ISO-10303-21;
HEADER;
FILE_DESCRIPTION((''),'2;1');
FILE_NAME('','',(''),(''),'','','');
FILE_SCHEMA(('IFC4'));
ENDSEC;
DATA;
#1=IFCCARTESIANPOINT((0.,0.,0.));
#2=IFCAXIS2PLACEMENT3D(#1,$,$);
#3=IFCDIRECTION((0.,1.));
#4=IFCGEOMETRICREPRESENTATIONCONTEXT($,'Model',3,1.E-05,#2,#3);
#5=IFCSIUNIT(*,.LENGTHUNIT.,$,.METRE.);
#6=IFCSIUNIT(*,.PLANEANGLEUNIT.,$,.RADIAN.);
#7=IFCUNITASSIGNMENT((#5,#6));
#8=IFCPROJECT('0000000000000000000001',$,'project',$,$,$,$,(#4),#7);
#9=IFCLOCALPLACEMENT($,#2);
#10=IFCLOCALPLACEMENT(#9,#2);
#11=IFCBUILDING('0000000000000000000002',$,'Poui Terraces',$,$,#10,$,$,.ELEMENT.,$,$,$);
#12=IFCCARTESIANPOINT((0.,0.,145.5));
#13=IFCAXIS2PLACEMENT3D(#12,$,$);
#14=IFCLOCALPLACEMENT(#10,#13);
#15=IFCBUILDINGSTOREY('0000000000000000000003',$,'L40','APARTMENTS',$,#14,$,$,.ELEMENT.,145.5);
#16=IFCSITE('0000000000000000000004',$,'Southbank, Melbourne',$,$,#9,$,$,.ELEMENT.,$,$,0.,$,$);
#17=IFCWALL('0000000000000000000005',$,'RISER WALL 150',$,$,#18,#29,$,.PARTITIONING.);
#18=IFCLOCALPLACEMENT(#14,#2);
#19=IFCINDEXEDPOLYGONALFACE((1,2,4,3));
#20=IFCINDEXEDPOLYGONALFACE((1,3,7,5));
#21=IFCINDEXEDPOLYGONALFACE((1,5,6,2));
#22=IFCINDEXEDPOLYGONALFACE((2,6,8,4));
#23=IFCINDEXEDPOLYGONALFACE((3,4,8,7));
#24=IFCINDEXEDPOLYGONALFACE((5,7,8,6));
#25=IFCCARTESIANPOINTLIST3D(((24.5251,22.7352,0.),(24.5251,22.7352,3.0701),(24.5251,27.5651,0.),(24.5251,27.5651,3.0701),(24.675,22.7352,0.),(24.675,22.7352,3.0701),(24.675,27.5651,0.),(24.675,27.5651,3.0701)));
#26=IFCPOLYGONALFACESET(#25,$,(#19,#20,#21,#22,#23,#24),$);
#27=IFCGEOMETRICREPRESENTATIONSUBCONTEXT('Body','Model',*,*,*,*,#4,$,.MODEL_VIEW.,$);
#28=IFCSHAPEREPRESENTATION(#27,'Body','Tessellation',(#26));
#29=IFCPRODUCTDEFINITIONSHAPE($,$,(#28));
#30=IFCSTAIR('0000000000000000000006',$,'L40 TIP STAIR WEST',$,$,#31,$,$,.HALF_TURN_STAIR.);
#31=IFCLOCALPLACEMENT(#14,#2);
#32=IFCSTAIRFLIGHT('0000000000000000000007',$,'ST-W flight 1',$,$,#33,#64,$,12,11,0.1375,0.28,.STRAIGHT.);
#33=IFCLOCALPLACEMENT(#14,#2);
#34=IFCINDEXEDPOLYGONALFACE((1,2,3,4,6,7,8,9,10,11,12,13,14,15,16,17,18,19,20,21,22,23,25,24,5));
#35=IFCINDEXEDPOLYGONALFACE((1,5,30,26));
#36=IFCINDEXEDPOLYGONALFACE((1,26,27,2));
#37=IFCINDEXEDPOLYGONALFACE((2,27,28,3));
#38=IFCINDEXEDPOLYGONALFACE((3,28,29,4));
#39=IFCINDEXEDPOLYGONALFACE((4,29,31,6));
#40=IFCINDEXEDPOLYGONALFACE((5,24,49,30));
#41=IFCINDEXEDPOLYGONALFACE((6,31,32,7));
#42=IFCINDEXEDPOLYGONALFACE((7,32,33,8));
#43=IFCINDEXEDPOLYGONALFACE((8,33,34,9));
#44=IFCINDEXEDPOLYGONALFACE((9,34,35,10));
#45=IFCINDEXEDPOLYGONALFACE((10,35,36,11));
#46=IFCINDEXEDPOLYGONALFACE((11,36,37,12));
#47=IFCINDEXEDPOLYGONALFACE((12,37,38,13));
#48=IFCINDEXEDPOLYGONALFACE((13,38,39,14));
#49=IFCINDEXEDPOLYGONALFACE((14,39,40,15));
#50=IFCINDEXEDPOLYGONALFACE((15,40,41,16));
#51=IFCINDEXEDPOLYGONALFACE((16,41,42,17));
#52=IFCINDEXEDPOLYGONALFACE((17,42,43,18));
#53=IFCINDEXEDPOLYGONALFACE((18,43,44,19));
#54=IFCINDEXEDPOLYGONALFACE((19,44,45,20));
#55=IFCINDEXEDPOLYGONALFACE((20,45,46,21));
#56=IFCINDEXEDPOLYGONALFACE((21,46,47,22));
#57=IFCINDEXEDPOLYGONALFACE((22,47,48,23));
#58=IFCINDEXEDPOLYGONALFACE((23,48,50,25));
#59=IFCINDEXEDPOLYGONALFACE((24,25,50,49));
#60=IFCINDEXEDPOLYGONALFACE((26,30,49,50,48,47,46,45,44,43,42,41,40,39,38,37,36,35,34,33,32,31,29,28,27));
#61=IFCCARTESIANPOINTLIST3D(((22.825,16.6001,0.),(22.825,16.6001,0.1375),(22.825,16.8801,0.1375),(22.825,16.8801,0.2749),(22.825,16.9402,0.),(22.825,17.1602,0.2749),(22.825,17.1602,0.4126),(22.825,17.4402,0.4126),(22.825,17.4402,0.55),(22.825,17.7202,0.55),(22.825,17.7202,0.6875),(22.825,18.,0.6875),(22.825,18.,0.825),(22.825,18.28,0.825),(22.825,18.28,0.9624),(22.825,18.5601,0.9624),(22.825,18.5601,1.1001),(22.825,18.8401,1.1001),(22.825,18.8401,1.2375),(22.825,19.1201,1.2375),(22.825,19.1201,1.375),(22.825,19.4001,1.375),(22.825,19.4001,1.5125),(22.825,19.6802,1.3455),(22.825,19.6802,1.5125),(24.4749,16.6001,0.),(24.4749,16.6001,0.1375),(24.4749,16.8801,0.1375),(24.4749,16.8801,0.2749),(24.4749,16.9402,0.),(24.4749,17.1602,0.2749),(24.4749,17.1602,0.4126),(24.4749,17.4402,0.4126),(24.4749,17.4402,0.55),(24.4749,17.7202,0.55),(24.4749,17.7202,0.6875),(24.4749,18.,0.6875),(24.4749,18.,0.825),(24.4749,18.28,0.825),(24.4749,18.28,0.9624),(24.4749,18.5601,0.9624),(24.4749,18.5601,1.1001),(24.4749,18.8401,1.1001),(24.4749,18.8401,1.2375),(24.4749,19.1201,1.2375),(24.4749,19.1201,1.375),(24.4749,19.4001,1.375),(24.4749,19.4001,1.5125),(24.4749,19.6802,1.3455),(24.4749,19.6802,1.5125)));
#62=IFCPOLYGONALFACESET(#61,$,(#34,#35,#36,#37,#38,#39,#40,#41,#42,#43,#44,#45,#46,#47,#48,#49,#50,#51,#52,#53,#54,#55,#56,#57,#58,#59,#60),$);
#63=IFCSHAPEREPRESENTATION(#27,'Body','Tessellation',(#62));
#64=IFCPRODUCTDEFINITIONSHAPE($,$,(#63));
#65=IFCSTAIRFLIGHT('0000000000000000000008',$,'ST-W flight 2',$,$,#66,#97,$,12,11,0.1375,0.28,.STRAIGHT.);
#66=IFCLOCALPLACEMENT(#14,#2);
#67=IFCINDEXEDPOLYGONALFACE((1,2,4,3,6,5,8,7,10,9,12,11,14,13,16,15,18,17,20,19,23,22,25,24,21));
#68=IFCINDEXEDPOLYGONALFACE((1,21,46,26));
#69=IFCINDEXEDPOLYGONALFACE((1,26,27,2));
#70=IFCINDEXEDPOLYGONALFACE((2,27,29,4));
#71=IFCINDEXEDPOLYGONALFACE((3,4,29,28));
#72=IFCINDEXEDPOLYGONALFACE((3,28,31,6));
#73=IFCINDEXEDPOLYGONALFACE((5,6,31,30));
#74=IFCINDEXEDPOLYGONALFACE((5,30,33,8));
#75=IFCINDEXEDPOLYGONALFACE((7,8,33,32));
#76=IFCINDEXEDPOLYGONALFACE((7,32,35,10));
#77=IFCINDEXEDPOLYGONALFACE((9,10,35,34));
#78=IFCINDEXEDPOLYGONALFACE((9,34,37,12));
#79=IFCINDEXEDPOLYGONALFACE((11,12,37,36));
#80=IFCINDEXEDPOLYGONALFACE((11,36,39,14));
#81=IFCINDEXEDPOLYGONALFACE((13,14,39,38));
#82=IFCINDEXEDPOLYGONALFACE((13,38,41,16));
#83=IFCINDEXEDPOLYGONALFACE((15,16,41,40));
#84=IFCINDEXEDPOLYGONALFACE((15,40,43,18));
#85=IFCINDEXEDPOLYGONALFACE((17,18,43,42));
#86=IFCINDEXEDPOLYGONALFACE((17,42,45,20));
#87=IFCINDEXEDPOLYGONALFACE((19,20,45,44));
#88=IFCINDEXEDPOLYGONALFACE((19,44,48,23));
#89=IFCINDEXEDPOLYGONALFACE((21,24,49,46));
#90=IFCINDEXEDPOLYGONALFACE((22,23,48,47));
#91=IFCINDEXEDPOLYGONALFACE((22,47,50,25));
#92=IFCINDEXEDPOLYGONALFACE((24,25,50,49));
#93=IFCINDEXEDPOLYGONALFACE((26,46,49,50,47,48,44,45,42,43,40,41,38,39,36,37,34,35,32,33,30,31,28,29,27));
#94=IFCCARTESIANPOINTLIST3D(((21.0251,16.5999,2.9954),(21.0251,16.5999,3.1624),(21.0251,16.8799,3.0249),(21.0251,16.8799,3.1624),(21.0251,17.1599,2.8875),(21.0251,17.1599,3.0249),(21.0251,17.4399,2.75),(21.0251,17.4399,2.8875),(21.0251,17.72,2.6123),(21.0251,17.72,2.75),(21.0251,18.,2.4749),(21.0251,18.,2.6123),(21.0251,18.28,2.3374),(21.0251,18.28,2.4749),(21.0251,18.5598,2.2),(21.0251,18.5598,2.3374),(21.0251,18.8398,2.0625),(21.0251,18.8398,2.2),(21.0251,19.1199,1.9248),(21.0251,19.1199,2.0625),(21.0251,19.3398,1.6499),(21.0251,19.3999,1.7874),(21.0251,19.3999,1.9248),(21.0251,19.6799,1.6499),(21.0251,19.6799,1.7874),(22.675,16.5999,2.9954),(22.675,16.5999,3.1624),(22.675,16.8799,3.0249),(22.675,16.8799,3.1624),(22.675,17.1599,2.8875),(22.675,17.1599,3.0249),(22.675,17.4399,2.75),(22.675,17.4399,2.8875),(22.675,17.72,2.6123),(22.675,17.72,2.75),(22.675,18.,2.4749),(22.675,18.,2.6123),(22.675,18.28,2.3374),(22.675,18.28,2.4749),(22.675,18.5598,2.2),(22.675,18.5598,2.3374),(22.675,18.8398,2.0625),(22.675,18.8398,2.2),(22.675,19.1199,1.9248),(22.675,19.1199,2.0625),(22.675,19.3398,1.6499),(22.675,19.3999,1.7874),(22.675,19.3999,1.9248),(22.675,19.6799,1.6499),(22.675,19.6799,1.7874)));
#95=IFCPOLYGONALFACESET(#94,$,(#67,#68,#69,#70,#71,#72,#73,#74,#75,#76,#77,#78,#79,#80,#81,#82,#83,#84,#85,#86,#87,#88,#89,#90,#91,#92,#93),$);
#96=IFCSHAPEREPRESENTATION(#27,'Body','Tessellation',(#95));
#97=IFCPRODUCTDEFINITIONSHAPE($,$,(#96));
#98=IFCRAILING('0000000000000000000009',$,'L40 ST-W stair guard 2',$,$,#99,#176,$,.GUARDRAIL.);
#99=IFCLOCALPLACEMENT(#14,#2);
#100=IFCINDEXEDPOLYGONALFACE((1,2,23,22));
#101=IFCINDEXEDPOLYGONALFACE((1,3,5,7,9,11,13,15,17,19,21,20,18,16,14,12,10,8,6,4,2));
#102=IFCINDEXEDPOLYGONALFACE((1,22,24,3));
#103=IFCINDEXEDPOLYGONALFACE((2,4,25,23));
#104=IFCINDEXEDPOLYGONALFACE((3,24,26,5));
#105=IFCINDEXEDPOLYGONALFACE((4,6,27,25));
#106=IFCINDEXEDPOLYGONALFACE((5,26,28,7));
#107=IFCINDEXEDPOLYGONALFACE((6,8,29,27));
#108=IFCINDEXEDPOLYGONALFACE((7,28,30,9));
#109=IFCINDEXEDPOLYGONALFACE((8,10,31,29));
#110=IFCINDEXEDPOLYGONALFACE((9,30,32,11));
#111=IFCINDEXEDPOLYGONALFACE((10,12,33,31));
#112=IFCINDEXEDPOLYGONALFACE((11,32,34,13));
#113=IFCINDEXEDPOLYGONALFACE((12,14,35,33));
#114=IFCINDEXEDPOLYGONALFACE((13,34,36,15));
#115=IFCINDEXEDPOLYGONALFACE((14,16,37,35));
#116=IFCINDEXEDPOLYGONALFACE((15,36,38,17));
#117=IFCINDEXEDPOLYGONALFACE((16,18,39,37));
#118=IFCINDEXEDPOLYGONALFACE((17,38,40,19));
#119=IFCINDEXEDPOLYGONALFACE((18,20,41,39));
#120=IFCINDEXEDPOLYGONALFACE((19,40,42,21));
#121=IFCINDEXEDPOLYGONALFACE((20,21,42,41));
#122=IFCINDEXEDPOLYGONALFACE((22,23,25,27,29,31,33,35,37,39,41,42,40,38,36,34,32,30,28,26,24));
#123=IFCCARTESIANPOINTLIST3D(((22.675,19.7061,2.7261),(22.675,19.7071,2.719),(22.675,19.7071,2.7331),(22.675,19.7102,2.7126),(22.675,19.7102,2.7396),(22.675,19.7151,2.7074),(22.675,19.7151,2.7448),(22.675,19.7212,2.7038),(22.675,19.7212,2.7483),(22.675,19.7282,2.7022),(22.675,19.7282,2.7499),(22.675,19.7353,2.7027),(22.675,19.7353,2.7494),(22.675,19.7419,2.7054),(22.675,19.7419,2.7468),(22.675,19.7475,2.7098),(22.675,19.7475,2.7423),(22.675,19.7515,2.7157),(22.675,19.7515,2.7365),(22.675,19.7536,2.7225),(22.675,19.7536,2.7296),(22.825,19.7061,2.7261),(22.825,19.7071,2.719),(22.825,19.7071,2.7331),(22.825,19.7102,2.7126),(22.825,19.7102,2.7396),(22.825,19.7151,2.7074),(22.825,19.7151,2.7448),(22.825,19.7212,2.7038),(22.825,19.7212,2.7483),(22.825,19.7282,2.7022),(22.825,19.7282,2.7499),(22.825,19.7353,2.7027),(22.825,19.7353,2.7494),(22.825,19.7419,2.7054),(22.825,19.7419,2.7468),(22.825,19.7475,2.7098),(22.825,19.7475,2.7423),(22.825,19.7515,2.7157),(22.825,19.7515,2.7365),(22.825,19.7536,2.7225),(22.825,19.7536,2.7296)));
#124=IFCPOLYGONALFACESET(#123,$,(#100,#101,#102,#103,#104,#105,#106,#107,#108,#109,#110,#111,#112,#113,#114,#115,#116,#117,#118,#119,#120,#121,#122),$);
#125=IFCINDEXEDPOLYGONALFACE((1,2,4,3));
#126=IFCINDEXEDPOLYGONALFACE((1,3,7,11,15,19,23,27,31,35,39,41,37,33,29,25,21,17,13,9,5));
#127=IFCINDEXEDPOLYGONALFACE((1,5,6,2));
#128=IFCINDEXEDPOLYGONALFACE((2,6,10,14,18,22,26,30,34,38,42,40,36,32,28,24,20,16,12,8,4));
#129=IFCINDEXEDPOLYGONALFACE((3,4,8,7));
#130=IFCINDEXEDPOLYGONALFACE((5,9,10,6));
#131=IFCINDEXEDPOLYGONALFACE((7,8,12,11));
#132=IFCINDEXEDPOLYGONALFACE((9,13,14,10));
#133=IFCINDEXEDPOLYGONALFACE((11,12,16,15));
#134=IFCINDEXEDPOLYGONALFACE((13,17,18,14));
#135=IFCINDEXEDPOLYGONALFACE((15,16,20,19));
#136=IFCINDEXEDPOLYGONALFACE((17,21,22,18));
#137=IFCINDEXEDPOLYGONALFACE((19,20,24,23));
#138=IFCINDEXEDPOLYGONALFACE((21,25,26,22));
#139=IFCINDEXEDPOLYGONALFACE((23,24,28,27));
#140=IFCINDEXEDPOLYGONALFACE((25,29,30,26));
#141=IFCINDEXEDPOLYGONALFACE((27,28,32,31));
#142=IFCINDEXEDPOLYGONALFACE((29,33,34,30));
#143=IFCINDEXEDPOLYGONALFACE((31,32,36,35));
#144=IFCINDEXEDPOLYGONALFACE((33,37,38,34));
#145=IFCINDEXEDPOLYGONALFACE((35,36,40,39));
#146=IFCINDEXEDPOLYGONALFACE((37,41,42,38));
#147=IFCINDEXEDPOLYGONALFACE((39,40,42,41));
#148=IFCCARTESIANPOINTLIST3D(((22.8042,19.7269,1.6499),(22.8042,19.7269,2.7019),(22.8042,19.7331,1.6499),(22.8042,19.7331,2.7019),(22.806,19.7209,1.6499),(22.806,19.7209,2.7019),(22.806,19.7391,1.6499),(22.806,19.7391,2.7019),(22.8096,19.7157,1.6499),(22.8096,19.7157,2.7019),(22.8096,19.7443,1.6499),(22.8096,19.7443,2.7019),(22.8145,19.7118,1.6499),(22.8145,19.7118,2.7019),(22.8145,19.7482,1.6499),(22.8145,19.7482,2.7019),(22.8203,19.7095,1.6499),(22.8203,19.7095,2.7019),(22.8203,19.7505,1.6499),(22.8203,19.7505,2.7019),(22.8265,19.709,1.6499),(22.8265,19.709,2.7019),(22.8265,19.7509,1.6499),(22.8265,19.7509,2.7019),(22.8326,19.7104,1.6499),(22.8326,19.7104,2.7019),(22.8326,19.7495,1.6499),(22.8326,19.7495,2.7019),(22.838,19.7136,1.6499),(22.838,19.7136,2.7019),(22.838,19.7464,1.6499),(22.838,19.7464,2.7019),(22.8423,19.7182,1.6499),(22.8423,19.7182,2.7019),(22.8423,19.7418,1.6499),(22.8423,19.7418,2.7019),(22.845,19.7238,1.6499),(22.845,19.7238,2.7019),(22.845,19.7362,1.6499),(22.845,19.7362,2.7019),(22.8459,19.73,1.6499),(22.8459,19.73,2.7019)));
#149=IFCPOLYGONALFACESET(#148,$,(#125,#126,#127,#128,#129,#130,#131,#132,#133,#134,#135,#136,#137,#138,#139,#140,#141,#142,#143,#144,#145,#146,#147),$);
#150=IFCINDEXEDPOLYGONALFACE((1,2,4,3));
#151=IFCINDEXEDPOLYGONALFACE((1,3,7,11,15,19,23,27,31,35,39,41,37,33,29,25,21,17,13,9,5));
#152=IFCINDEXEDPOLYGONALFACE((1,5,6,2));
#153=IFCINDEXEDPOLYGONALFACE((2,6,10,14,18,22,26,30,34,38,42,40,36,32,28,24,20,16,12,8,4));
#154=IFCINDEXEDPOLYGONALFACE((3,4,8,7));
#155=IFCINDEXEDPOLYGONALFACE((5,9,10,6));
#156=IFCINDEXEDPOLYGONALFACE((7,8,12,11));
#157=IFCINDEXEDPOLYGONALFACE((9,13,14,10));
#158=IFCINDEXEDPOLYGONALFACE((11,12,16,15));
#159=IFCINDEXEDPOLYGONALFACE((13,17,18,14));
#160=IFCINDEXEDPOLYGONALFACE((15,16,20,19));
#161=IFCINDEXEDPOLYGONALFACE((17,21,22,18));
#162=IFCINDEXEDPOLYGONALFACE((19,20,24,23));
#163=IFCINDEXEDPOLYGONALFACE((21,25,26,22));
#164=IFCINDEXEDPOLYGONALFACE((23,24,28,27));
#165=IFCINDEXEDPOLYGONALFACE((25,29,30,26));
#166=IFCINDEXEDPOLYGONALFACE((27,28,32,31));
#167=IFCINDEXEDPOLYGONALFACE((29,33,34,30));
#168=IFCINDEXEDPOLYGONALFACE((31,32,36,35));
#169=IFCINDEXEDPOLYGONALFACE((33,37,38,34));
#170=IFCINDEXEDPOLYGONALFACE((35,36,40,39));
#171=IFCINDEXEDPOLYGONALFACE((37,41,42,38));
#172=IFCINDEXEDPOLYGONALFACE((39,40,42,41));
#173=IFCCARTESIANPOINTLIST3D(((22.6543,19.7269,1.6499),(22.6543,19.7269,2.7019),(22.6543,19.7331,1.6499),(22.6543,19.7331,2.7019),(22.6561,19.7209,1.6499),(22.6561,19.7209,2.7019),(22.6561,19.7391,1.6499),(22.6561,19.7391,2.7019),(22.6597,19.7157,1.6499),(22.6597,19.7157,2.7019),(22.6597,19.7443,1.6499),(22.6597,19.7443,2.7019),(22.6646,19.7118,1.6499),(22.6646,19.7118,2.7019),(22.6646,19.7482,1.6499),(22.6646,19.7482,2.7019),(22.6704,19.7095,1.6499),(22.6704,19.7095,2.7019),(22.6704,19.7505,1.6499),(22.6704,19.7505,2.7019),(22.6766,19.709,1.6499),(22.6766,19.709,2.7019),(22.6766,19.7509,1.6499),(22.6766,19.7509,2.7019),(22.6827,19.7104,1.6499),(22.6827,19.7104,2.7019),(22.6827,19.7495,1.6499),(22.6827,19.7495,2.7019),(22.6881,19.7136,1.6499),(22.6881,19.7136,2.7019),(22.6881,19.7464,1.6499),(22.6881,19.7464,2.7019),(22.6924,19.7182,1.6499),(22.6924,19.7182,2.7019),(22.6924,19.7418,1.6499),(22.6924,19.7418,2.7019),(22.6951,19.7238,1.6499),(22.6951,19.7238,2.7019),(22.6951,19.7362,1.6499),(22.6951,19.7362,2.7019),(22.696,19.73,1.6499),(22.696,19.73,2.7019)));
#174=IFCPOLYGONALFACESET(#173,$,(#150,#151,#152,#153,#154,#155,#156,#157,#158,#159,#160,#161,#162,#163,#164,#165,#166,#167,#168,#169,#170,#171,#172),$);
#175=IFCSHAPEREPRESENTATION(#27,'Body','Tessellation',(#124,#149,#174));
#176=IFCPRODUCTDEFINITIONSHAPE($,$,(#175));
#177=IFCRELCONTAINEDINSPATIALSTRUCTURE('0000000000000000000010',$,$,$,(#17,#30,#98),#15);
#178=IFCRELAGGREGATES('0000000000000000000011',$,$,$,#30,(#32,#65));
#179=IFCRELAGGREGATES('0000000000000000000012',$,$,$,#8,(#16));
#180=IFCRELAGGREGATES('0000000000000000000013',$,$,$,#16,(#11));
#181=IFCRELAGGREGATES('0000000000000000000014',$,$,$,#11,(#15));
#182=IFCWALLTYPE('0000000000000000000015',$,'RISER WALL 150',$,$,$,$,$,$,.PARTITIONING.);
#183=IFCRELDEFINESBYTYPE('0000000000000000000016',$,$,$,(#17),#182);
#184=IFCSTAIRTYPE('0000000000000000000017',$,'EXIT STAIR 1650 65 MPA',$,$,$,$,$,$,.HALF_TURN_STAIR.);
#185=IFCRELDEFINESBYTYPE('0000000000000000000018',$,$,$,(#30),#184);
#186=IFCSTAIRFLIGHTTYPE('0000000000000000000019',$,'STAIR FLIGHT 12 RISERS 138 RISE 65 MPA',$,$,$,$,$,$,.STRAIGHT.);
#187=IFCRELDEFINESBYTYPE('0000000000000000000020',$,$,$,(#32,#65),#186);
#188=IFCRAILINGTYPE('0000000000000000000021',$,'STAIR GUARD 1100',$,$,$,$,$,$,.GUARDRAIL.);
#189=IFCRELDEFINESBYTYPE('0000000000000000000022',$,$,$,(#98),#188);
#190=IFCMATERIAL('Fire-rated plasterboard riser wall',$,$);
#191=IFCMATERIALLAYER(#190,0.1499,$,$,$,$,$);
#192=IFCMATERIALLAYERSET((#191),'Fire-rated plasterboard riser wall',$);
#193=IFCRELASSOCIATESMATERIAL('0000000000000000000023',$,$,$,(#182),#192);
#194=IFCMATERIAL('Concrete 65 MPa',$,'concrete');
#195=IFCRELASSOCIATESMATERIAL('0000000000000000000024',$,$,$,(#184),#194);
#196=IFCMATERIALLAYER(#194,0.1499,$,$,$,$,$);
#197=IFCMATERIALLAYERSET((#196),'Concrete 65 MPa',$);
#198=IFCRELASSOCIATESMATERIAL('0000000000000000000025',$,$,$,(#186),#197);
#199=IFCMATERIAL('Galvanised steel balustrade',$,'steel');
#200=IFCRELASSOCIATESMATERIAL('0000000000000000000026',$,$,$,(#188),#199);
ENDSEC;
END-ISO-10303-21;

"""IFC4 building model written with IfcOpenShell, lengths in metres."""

from ifc_helpers import new_model, si_unit, direction, frame, frame_2d, origin, origin_2d, place, context, subcontext, project, spatial, polyline, rectangle, circle, outline, extrude, material, layer, layer_set, type_object, element, aggregate, save


model = new_model("IFC4")

# Units and contexts
model_context = context("Model", 3, precision=1e-05, world=origin(), true_north=direction((0.0, 1.0)))
body_context = subcontext(model_context, "Body", "Model", "MODEL_VIEW")
ifc_project = project(units=[si_unit("LENGTHUNIT", "METRE"), si_unit("PLANEANGLEUNIT", "RADIAN")], contexts=[model_context])

# Site, building, storey
site_placement = place(None, origin())
site = spatial("IfcSite", under=ifc_project, at=site_placement, Name="Southbank, Melbourne", CompositionType="ELEMENT", RefElevation=0.0)
building_placement = place(site_placement, origin())
building = spatial("IfcBuilding", under=site, at=building_placement, Name="Poui Terraces", CompositionType="ELEMENT")
storey_placement = place(building_placement, frame((0.0, 0.0, 145.5)))
storey = spatial("IfcBuildingStorey", under=building, at=storey_placement, Name="L40", Description="APARTMENTS", CompositionType="ELEMENT", Elevation=145.5)

# Wall
ifc_material_1 = material(Name="Fire-rated plasterboard riser wall")
ifc_layer_1 = layer(ifc_material_1, 0.1499)
ifc_layer_set_1 = layer_set([ifc_layer_1], Name="Fire-rated plasterboard riser wall")
wall_type = type_object("IfcWallType", Name="RISER WALL 150", PredefinedType="PARTITIONING", material=ifc_layer_set_1)
wall_placement = place(storey_placement, frame((24.6001, 22.7351, 0.0), z_axis=(0.0, 0.0, 1.0), x_axis=(0.0, 1.0, 0.0)))
element("IfcWall", 1, at=wall_placement, inside=storey, type_object=wall_type, Name="RISER WALL 150", PredefinedType="PARTITIONING", context=body_context, shape_type="SweptSolid", body=[
    extrude(rectangle(XDim=4.8298, YDim=0.1499, at=frame_2d((2.415, 0.0))), origin(), (0.0, 0.0, 1.0), 3.0701),
])

# Stair, stair flights
ifc_material_2 = material(Name="Concrete 65 MPa", Category="concrete")
stair_type = type_object("IfcStairType", Name="EXIT STAIR 1650 65 MPA", PredefinedType="HALF_TURN_STAIR", material=ifc_material_2)
stair_placement = place(storey_placement, origin())
stair = element("IfcStair", 2, at=stair_placement, inside=storey, type_object=stair_type, Name="L40 TIP STAIR WEST", PredefinedType="HALF_TURN_STAIR")
ifc_layer_2 = layer(ifc_material_2, 0.1499)
ifc_layer_set_2 = layer_set([ifc_layer_2], Name="Concrete 65 MPa")
stair_flight_type = type_object("IfcStairFlightType", Name="STAIR FLIGHT 12 RISERS 138 RISE 65 MPA", PredefinedType="STRAIGHT", material=ifc_layer_set_2)
stair_flight_1_placement = place(storey_placement, frame((23.6499, 16.6001, 0.0), z_axis=(0.0, 0.0, 1.0), x_axis=(0.0, 1.0, 0.0)))
stair_flight_1 = element("IfcStairFlight", 3, at=stair_flight_1_placement, type_object=stair_flight_type, Name="ST-W flight 1", NumberOfRisers=12, NumberOfTreads=11, PredefinedType="STRAIGHT", RiserHeight=0.1375, TreadLength=0.28, context=body_context, shape_type="SweptSolid", body=[
    extrude(outline(polyline([(0.0, 0.0), (0.0, 0.1375), (0.28, 0.1375), (0.28, 0.2749), (0.5601, 0.2749), (0.5601, 0.4126), (0.8401, 0.4126), (0.8401, 0.55), (1.1201, 0.55), (1.1201, 0.6875), (1.3999, 0.6875), (1.3999, 0.825), (1.6799, 0.825), (1.6799, 0.9624), (1.96, 0.9624), (1.96, 1.1001), (2.24, 1.1001), (2.24, 1.2375), (2.52, 1.2375), (2.52, 1.375), (2.8, 1.375), (2.8, 1.5125), (3.0801, 1.5125), (3.0801, 1.6499), (3.0801, 1.3455), (0.3401, 0.0), (0.0, 0.0)])), frame((0.0, 0.825, 0.0), z_axis=(0.0, -1.0, 0.0), x_axis=(1.0, 0.0, 0.0)), (0.0, 0.0, 1.0), 1.6499),
])
stair_flight_2_placement = place(storey_placement, frame((21.8501, 19.6799, 1.6499), z_axis=(0.0, 0.0, 1.0), x_axis=(0.0, -1.0, 0.0)))
stair_flight_2 = element("IfcStairFlight", 4, at=stair_flight_2_placement, type_object=stair_flight_type, Name="ST-W flight 2", NumberOfRisers=12, NumberOfTreads=11, PredefinedType="STRAIGHT", RiserHeight=0.1375, TreadLength=0.28, context=body_context, shape_type="SweptSolid", body=[
    extrude(outline(polyline([(0.0, 0.0), (0.0, 0.1375), (0.28, 0.1375), (0.28, 0.2749), (0.5601, 0.2749), (0.5601, 0.4126), (0.8401, 0.4126), (0.8401, 0.55), (1.1201, 0.55), (1.1201, 0.6875), (1.3999, 0.6875), (1.3999, 0.825), (1.6799, 0.825), (1.6799, 0.9624), (1.96, 0.9624), (1.96, 1.1001), (2.24, 1.1001), (2.24, 1.2375), (2.52, 1.2375), (2.52, 1.375), (2.8, 1.375), (2.8, 1.5125), (3.0801, 1.5125), (3.0801, 1.6499), (3.0801, 1.3455), (0.3401, 0.0), (0.0, 0.0)])), frame((0.0, 0.825, 0.0), z_axis=(0.0, -1.0, 0.0), x_axis=(1.0, 0.0, 0.0)), (0.0, 0.0, 1.0), 1.6499),
])
aggregate(stair, [stair_flight_1, stair_flight_2])

# Railing
ifc_material_3 = material(Name="Galvanised steel balustrade", Category="steel")
railing_type_1 = type_object("IfcRailingType", Name="STAIR GUARD 1100", PredefinedType="GUARDRAIL", material=ifc_material_3)
railing_1_placement = place(storey_placement, frame((22.825, 19.73, 1.6499)))
element("IfcRailing", 5, at=railing_1_placement, inside=storey, type_object=railing_type_1, Name="L40 ST-W stair guard 2", PredefinedType="GUARDRAIL", context=body_context, shape_type="SweptSolid", body=[
    extrude(circle(Radius=0.0239, at=origin_2d()), frame((0.0, 0.0, 1.0762), z_axis=(-1.0, 0.0, 0.0), x_axis=(0.0, -1.0, 0.0)), (0.0, 0.0, 1.0), 0.1499),
    extrude(circle(Radius=0.021, at=origin_2d()), origin(), (0.0, 0.0, 1.0), 1.052),
    extrude(circle(Radius=0.021, at=origin_2d()), frame((-0.1499, 0.0, 0.0)), (0.0, 0.0, 1.0), 1.052),
])

save(model, "model.ifc")
